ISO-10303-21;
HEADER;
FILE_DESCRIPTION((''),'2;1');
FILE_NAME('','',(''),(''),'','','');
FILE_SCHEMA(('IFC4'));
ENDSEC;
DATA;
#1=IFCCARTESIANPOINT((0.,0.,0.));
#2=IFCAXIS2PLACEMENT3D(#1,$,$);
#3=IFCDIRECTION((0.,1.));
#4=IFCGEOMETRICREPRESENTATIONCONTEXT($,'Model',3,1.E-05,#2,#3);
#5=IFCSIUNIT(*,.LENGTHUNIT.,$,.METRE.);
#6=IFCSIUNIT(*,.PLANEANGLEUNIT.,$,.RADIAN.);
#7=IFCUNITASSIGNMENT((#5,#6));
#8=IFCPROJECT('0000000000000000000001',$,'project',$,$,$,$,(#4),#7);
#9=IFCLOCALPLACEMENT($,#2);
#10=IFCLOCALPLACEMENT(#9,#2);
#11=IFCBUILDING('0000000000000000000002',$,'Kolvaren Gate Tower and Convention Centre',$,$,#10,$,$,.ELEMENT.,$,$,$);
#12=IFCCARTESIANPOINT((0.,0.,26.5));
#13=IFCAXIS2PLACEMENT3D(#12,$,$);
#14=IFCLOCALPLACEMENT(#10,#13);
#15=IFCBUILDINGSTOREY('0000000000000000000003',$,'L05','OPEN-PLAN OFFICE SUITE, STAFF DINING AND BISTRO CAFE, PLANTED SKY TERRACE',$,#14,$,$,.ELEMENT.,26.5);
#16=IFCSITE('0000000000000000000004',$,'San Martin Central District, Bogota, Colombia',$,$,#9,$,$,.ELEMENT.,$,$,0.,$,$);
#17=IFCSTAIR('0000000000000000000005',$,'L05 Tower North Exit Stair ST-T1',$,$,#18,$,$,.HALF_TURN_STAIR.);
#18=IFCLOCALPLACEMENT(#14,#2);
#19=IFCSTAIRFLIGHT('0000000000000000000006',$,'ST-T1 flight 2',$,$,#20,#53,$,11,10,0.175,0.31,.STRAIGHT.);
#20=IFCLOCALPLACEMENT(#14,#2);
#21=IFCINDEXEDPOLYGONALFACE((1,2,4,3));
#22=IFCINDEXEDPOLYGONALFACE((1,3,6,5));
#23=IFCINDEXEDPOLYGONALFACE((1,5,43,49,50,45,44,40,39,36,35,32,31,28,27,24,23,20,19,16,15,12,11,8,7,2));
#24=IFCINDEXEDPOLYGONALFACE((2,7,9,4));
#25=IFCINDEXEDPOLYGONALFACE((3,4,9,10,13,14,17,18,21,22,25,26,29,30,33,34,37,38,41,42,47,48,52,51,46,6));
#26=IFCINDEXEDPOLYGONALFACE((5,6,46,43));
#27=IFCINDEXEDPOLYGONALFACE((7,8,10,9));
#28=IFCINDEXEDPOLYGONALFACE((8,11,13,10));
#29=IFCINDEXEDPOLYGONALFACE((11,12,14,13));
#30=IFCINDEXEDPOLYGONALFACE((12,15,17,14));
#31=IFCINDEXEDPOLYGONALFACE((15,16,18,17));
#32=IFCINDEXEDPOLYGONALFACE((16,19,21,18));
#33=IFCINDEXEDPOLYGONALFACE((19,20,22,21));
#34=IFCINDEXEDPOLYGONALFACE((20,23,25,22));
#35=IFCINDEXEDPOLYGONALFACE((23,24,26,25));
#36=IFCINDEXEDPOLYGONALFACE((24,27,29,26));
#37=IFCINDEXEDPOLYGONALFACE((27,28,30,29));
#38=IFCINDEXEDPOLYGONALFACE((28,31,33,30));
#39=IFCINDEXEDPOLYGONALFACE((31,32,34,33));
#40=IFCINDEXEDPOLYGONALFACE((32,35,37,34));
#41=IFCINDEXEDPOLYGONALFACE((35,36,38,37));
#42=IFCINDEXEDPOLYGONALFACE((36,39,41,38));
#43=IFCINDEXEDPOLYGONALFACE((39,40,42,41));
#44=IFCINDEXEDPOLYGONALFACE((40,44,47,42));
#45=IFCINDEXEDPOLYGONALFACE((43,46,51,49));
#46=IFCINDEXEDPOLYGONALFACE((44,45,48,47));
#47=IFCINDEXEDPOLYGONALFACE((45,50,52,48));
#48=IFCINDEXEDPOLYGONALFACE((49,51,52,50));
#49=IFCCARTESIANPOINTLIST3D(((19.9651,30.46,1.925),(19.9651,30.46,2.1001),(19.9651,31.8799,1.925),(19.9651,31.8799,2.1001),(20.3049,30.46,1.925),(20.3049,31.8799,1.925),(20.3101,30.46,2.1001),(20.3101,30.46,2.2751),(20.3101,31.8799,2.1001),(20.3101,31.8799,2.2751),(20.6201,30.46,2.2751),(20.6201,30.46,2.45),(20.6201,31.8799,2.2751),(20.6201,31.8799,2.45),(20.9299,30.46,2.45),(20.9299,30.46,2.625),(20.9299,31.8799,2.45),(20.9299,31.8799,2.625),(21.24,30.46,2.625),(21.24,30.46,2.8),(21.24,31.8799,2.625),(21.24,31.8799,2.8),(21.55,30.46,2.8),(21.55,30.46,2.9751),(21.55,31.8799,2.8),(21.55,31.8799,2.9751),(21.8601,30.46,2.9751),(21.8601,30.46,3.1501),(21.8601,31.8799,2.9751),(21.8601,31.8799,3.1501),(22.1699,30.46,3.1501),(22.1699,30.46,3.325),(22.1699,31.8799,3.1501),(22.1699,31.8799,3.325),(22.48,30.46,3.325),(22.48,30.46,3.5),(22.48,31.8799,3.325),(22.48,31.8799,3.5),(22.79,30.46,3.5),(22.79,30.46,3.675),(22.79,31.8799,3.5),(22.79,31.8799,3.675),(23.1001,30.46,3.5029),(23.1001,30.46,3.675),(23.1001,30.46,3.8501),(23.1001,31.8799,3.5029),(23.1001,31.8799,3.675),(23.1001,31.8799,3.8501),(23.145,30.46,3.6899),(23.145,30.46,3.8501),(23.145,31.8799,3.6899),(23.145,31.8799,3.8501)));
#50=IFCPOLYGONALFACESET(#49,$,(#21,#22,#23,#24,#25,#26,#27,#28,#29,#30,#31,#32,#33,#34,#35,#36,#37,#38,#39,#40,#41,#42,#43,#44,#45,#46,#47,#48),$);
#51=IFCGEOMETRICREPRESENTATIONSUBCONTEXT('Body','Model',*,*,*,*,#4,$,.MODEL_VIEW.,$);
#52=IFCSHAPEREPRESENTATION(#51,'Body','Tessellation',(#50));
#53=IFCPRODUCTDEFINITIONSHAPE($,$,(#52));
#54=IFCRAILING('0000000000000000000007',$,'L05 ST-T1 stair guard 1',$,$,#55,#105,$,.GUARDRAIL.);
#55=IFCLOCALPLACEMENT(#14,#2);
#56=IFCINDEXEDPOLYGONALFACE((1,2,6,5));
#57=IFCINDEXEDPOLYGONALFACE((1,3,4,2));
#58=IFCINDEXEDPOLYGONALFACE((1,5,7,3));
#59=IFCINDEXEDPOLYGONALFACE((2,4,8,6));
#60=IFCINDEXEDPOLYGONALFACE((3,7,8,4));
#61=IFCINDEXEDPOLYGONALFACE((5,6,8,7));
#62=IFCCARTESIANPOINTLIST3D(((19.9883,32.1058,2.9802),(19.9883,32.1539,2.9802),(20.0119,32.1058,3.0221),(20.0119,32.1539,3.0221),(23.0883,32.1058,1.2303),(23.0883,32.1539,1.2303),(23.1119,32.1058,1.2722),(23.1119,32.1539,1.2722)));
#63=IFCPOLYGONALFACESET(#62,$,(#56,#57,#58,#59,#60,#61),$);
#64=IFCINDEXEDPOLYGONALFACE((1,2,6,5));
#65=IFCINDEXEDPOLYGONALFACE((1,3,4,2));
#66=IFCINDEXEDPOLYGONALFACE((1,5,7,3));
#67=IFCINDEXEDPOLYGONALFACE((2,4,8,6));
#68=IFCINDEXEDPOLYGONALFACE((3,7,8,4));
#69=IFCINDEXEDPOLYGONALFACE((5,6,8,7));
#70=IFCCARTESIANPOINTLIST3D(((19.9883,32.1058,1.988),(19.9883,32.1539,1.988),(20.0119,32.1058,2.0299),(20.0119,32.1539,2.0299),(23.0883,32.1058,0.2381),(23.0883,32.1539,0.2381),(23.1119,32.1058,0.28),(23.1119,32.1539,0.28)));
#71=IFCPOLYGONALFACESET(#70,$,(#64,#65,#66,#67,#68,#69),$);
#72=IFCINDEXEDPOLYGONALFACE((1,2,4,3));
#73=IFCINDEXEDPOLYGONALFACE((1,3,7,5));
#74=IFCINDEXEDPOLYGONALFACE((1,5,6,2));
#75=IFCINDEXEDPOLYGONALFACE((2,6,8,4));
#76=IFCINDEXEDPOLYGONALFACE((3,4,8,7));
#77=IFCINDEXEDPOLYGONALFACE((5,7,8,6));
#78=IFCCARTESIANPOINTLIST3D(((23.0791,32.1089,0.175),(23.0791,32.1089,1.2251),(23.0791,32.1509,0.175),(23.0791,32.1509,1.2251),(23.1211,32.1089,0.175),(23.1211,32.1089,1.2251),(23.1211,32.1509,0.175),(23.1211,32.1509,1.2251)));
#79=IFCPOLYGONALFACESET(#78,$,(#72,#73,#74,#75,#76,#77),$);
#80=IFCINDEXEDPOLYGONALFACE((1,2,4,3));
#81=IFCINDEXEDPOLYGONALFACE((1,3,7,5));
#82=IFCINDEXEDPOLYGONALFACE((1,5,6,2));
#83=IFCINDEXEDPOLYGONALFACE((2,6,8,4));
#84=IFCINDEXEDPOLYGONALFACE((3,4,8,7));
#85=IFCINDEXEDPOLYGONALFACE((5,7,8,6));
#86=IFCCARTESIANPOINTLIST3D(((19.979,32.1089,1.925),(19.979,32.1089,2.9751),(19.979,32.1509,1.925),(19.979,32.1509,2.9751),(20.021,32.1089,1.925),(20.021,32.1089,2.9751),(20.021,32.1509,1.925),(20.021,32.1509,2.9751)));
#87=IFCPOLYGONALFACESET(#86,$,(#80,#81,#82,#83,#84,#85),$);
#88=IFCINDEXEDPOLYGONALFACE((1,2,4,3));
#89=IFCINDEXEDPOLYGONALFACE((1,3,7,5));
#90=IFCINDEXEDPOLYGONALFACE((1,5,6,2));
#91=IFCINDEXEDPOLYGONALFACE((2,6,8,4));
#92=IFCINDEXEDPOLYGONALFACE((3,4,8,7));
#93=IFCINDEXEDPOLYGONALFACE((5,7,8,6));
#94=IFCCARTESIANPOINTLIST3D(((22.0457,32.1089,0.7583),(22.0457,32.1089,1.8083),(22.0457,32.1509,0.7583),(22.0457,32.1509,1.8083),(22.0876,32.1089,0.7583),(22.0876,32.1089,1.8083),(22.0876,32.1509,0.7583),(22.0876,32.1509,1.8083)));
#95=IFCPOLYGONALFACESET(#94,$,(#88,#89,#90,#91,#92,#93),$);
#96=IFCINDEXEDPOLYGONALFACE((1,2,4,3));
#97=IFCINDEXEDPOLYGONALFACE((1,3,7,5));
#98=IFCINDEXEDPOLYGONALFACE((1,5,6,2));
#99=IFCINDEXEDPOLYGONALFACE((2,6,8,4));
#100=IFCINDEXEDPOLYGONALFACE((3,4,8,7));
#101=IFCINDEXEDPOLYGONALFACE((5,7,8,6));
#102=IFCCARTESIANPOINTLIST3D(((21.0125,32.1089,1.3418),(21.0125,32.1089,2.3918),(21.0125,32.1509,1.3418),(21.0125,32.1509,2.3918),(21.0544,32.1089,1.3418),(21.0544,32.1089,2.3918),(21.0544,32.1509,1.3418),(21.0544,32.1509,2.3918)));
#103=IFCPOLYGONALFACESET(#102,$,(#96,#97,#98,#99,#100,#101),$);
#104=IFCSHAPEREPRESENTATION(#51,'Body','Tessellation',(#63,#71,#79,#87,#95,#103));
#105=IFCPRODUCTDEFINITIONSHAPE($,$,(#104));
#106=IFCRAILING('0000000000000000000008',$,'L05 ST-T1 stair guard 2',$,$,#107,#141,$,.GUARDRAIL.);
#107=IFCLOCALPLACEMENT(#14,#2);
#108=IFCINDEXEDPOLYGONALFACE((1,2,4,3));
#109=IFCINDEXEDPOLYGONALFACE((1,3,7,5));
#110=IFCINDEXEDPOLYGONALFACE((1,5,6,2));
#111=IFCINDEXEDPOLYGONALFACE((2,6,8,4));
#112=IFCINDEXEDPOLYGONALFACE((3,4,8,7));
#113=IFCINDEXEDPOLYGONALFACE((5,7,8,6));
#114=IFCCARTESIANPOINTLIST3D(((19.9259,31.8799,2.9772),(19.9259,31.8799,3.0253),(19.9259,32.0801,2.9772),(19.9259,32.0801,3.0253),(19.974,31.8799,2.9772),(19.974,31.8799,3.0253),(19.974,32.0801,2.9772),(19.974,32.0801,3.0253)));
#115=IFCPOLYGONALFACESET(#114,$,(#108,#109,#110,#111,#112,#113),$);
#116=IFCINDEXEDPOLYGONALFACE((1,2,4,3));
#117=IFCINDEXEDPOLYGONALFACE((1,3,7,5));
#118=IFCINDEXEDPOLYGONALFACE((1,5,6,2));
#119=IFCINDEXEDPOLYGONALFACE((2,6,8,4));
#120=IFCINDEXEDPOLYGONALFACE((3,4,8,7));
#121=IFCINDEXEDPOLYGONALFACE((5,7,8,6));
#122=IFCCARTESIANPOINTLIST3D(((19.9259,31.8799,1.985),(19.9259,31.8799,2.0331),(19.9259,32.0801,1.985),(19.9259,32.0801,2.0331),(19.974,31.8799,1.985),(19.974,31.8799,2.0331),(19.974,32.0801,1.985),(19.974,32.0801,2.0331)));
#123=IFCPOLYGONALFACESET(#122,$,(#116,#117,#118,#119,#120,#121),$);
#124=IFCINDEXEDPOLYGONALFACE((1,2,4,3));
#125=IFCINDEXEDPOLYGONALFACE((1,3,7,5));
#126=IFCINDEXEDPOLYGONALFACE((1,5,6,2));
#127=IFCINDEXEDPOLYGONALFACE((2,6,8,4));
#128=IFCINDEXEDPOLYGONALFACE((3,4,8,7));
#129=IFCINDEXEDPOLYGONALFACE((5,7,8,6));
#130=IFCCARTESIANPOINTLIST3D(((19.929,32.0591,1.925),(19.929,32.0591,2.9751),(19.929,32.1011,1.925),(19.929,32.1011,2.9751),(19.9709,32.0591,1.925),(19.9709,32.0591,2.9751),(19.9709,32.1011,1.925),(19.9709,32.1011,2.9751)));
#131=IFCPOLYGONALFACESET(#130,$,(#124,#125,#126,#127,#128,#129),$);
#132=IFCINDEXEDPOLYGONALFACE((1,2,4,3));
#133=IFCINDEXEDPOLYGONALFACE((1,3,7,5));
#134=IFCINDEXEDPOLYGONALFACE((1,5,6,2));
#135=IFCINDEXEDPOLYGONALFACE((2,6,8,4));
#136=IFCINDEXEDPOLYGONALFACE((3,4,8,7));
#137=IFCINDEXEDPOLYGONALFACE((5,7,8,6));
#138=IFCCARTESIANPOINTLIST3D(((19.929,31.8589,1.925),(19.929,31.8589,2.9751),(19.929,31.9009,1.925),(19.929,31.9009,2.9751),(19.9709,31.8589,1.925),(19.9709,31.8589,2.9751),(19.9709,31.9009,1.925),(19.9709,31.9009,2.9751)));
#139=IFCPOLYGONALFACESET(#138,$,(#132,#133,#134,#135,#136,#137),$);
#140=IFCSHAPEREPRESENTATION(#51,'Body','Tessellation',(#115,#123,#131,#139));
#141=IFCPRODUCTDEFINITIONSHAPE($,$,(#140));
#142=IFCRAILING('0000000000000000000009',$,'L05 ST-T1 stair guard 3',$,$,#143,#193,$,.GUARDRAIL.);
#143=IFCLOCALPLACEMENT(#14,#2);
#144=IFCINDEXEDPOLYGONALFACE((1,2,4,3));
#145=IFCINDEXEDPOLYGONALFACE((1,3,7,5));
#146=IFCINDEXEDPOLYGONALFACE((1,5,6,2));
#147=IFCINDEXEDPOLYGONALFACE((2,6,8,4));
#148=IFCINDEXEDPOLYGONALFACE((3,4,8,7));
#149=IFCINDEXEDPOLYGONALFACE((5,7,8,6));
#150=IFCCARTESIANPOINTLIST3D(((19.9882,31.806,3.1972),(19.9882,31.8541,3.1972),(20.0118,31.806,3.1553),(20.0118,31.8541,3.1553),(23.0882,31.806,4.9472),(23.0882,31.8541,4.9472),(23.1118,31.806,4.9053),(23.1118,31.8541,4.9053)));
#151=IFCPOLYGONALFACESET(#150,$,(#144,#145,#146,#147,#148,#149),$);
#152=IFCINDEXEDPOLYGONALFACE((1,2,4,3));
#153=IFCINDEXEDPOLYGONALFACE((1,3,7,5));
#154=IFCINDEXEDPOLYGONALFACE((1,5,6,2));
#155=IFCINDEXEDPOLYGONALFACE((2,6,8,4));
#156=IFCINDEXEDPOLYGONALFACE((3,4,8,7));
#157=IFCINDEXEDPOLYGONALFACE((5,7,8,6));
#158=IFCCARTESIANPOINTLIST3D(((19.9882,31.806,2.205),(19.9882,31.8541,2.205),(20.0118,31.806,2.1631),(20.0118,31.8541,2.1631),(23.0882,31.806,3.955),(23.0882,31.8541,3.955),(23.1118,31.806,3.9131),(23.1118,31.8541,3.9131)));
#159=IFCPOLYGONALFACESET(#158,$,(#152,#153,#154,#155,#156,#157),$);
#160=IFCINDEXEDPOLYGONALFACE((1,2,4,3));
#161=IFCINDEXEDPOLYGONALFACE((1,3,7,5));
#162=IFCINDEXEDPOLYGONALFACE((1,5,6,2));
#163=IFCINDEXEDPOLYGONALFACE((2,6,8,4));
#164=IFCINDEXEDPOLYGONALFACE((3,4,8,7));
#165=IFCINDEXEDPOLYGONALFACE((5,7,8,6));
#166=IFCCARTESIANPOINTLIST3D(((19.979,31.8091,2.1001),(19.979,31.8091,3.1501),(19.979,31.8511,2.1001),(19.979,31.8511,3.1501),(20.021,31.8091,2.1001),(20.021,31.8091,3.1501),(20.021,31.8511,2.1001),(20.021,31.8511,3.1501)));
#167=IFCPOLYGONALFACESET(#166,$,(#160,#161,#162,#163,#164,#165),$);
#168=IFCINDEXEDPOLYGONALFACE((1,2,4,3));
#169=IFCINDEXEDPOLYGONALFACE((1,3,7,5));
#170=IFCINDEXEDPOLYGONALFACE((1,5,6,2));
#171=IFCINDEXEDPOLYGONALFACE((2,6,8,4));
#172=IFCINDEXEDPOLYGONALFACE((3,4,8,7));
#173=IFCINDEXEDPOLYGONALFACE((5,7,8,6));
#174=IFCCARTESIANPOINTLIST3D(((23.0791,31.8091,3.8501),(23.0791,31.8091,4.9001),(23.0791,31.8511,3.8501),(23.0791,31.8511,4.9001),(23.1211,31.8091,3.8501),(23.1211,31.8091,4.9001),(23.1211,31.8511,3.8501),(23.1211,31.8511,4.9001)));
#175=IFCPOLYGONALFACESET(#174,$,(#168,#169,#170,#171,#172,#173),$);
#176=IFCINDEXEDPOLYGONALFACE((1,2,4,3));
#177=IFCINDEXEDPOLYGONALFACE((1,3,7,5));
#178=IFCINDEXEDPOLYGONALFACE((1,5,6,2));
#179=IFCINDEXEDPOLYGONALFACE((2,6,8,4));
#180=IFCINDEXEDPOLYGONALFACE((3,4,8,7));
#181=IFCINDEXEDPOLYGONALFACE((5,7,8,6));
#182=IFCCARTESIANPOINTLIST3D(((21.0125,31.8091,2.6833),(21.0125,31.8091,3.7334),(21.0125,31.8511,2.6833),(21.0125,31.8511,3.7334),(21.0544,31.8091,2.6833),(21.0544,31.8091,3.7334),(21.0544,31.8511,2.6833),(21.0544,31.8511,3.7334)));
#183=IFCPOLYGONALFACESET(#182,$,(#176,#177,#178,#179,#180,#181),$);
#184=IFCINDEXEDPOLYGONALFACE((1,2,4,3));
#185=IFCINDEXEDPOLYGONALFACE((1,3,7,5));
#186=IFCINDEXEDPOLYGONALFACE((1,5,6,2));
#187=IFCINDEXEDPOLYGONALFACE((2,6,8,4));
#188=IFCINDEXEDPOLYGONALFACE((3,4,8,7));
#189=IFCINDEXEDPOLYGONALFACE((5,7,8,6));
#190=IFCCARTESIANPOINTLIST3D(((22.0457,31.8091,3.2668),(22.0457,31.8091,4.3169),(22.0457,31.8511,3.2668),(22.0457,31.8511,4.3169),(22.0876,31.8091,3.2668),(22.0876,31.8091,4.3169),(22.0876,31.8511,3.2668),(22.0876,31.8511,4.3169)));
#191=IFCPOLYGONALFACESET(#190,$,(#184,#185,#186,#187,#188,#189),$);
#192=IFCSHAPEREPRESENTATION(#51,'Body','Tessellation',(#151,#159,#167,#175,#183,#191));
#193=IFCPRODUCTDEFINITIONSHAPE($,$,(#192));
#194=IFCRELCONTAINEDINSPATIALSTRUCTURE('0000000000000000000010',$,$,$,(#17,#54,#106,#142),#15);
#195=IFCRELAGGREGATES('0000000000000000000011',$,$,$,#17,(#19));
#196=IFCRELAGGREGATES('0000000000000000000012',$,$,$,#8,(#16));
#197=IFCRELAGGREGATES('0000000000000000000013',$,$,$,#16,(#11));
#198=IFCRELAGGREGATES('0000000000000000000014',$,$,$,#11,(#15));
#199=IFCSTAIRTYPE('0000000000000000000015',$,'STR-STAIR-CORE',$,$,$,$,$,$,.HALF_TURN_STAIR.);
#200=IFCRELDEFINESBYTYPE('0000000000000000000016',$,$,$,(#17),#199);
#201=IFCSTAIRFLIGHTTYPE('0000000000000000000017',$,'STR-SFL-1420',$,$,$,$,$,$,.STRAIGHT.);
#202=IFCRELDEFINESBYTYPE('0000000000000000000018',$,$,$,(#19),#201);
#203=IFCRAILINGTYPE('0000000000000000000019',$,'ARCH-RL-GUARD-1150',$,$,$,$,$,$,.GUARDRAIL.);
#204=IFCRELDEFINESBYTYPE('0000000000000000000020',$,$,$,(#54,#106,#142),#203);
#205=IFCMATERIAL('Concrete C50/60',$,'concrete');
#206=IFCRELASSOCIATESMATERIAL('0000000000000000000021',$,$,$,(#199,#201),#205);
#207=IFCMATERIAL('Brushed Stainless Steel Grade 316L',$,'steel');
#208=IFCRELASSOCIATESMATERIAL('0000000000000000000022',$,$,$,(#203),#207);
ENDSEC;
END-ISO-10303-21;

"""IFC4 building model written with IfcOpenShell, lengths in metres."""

from ifc_helpers import new_model, si_unit, direction, frame, origin, origin_2d, place, context, subcontext, project, spatial, polyline, rectangle, outline, extrude, material, type_object, element, aggregate, save


model = new_model("IFC4")

# Units and contexts
model_context = context("Model", 3, precision=1e-05, world=origin(), true_north=direction((0.0, 1.0)))
body_context = subcontext(model_context, "Body", "Model", "MODEL_VIEW")
ifc_project = project(units=[si_unit("LENGTHUNIT", "METRE"), si_unit("PLANEANGLEUNIT", "RADIAN")], contexts=[model_context])

# Site, building, storey
site_placement = place(None, origin())
site = spatial("IfcSite", under=ifc_project, at=site_placement, Name="San Martin Central District, Bogota, Colombia", CompositionType="ELEMENT", RefElevation=0.0)
building_placement = place(site_placement, origin())
building = spatial("IfcBuilding", under=site, at=building_placement, Name="Kolvaren Gate Tower and Convention Centre", CompositionType="ELEMENT")
storey_placement = place(building_placement, frame((0.0, 0.0, 26.5)))
storey = spatial("IfcBuildingStorey", under=building, at=storey_placement, Name="L05", Description="OPEN-PLAN OFFICE SUITE, STAFF DINING AND BISTRO CAFE, PLANTED SKY TERRACE", CompositionType="ELEMENT", Elevation=26.5)

# Shared definitions
ifc_material_1 = material(Name="Brushed Stainless Steel Grade 316L", Category="steel")

# Shared definitions
ifc_material_2 = material(Name="Concrete C50/60", Category="concrete")

# Stair, stair flight
stair_type = type_object("IfcStairType", Name="STR-STAIR-CORE", PredefinedType="HALF_TURN_STAIR", material=ifc_material_2)
stair_placement = place(storey_placement, origin())
stair = element("IfcStair", 1, at=stair_placement, inside=storey, type_object=stair_type, Name="L05 Tower North Exit Stair ST-T1", PredefinedType="HALF_TURN_STAIR")
stair_flight_type = type_object("IfcStairFlightType", Name="STR-SFL-1420", PredefinedType="STRAIGHT", material=ifc_material_2)
stair_flight_1_placement = place(storey_placement, frame((20.0, 31.1699, 1.925), z_axis=(0.0, 0.0, 1.0), x_axis=(1.0, 0.0, 0.0)))
stair_flight_1 = element("IfcStairFlight", 2, at=stair_flight_1_placement, type_object=stair_flight_type, Name="ST-T1 flight 2", NumberOfRisers=11, NumberOfTreads=10, PredefinedType="STRAIGHT", RiserHeight=0.175, TreadLength=0.31, context=body_context, shape_type="SweptSolid", body=[
    extrude(outline(polyline([(-0.0349, 0.0), (-0.0349, 0.175), (0.3101, 0.175), (0.3101, 0.3501), (0.6201, 0.3501), (0.6201, 0.5249), (0.9299, 0.5249), (0.9299, 0.7), (1.24, 0.7), (1.24, 0.875), (1.55, 0.875), (1.55, 1.05), (1.8601, 1.05), (1.8601, 1.2251), (2.1699, 1.2251), (2.1699, 1.3999), (2.48, 1.3999), (2.48, 1.575), (2.79, 1.575), (2.79, 1.75), (3.1001, 1.75), (3.1001, 1.925), (3.145, 1.925), (3.145, 1.7649), (3.1001, 1.5779), (0.3049, 0.0), (-0.0349, 0.0)])), frame((0.0, 0.71, 0.0), z_axis=(0.0, -1.0, 0.0), x_axis=(1.0, 0.0, 0.0)), (0.0, 0.0, 1.0), 1.4199),
])
aggregate(stair, [stair_flight_1])

# Railings
railing_type_1 = type_object("IfcRailingType", Name="ARCH-RL-GUARD-1150", PredefinedType="GUARDRAIL", material=ifc_material_1)
railing_1_placement = place(storey_placement, frame((23.1001, 32.1299, 0.175)))
element("IfcRailing", 3, at=railing_1_placement, inside=storey, type_object=railing_type_1, Name="L05 ST-T1 stair guard 1", PredefinedType="GUARDRAIL", context=body_context, shape_type="SweptSolid", body=[
    extrude(rectangle(XDim=0.0481, YDim=0.0481, at=origin_2d()), frame((0.0, 0.0, 1.0762), z_axis=(-0.870831, 0.0, 0.491583), x_axis=(0.0, -1.0, 0.0)), (0.0, 0.0, 1.0), 3.5598),
    extrude(rectangle(XDim=0.0481, YDim=0.0481, at=origin_2d()), frame((0.0, 0.0, 0.084), z_axis=(-0.870831, 0.0, 0.491583), x_axis=(0.0, -1.0, 0.0)), (0.0, 0.0, 1.0), 3.5598),
    extrude(rectangle(XDim=0.042, YDim=0.042, at=origin_2d()), origin(), (0.0, 0.0, 1.0), 1.05),
    extrude(rectangle(XDim=0.042, YDim=0.042, at=origin_2d()), frame((-3.1001, 0.0, 1.75)), (0.0, 0.0, 1.0), 1.05),
    extrude(rectangle(XDim=0.042, YDim=0.042, at=origin_2d()), frame((-1.0334, 0.0, 0.5833)), (0.0, 0.0, 1.0), 1.05),
    extrude(rectangle(XDim=0.042, YDim=0.042, at=origin_2d()), frame((-2.0667, 0.0, 1.1667)), (0.0, 0.0, 1.0), 1.05),
])
railing_2_placement = place(storey_placement, frame((19.95, 32.0801, 1.925)))
element("IfcRailing", 4, at=railing_2_placement, inside=storey, type_object=railing_type_1, Name="L05 ST-T1 stair guard 2", PredefinedType="GUARDRAIL", context=body_context, shape_type="SweptSolid", body=[
    extrude(rectangle(XDim=0.0481, YDim=0.0481, at=origin_2d()), frame((0.0, 0.0, 1.0762), z_axis=(0.0, -1.0, 0.0), x_axis=(1.0, 0.0, 0.0)), (0.0, 0.0, 1.0), 0.2002),
    extrude(rectangle(XDim=0.0481, YDim=0.0481, at=origin_2d()), frame((0.0, 0.0, 0.084), z_axis=(0.0, -1.0, 0.0), x_axis=(1.0, 0.0, 0.0)), (0.0, 0.0, 1.0), 0.2002),
    extrude(rectangle(XDim=0.042, YDim=0.042, at=origin_2d()), origin(), (0.0, 0.0, 1.0), 1.05),
    extrude(rectangle(XDim=0.042, YDim=0.042, at=origin_2d()), frame((0.0, -0.2002, 0.0)), (0.0, 0.0, 1.0), 1.05),
])
railing_3_placement = place(storey_placement, frame((20.0, 31.8301, 2.1001)))
element("IfcRailing", 5, at=railing_3_placement, inside=storey, type_object=railing_type_1, Name="L05 ST-T1 stair guard 3", PredefinedType="GUARDRAIL", context=body_context, shape_type="SweptSolid", body=[
    extrude(rectangle(XDim=0.0481, YDim=0.0481, at=origin_2d()), frame((0.0, 0.0, 1.0762), z_axis=(0.870831, 0.0, 0.491583), x_axis=(0.0, 1.0, 0.0)), (0.0, 0.0, 1.0), 3.5598),
    extrude(rectangle(XDim=0.0481, YDim=0.0481, at=origin_2d()), frame((0.0, 0.0, 0.084), z_axis=(0.870831, 0.0, 0.491583), x_axis=(0.0, 1.0, 0.0)), (0.0, 0.0, 1.0), 3.5598),
    extrude(rectangle(XDim=0.042, YDim=0.042, at=origin_2d()), origin(), (0.0, 0.0, 1.0), 1.05),
    extrude(rectangle(XDim=0.042, YDim=0.042, at=origin_2d()), frame((3.1001, 0.0, 1.75)), (0.0, 0.0, 1.0), 1.05),
    extrude(rectangle(XDim=0.042, YDim=0.042, at=origin_2d()), frame((1.0334, 0.0, 0.5833)), (0.0, 0.0, 1.0), 1.05),
    extrude(rectangle(XDim=0.042, YDim=0.042, at=origin_2d()), frame((2.0667, 0.0, 1.1667)), (0.0, 0.0, 1.0), 1.05),
])

save(model, "model.ifc")
